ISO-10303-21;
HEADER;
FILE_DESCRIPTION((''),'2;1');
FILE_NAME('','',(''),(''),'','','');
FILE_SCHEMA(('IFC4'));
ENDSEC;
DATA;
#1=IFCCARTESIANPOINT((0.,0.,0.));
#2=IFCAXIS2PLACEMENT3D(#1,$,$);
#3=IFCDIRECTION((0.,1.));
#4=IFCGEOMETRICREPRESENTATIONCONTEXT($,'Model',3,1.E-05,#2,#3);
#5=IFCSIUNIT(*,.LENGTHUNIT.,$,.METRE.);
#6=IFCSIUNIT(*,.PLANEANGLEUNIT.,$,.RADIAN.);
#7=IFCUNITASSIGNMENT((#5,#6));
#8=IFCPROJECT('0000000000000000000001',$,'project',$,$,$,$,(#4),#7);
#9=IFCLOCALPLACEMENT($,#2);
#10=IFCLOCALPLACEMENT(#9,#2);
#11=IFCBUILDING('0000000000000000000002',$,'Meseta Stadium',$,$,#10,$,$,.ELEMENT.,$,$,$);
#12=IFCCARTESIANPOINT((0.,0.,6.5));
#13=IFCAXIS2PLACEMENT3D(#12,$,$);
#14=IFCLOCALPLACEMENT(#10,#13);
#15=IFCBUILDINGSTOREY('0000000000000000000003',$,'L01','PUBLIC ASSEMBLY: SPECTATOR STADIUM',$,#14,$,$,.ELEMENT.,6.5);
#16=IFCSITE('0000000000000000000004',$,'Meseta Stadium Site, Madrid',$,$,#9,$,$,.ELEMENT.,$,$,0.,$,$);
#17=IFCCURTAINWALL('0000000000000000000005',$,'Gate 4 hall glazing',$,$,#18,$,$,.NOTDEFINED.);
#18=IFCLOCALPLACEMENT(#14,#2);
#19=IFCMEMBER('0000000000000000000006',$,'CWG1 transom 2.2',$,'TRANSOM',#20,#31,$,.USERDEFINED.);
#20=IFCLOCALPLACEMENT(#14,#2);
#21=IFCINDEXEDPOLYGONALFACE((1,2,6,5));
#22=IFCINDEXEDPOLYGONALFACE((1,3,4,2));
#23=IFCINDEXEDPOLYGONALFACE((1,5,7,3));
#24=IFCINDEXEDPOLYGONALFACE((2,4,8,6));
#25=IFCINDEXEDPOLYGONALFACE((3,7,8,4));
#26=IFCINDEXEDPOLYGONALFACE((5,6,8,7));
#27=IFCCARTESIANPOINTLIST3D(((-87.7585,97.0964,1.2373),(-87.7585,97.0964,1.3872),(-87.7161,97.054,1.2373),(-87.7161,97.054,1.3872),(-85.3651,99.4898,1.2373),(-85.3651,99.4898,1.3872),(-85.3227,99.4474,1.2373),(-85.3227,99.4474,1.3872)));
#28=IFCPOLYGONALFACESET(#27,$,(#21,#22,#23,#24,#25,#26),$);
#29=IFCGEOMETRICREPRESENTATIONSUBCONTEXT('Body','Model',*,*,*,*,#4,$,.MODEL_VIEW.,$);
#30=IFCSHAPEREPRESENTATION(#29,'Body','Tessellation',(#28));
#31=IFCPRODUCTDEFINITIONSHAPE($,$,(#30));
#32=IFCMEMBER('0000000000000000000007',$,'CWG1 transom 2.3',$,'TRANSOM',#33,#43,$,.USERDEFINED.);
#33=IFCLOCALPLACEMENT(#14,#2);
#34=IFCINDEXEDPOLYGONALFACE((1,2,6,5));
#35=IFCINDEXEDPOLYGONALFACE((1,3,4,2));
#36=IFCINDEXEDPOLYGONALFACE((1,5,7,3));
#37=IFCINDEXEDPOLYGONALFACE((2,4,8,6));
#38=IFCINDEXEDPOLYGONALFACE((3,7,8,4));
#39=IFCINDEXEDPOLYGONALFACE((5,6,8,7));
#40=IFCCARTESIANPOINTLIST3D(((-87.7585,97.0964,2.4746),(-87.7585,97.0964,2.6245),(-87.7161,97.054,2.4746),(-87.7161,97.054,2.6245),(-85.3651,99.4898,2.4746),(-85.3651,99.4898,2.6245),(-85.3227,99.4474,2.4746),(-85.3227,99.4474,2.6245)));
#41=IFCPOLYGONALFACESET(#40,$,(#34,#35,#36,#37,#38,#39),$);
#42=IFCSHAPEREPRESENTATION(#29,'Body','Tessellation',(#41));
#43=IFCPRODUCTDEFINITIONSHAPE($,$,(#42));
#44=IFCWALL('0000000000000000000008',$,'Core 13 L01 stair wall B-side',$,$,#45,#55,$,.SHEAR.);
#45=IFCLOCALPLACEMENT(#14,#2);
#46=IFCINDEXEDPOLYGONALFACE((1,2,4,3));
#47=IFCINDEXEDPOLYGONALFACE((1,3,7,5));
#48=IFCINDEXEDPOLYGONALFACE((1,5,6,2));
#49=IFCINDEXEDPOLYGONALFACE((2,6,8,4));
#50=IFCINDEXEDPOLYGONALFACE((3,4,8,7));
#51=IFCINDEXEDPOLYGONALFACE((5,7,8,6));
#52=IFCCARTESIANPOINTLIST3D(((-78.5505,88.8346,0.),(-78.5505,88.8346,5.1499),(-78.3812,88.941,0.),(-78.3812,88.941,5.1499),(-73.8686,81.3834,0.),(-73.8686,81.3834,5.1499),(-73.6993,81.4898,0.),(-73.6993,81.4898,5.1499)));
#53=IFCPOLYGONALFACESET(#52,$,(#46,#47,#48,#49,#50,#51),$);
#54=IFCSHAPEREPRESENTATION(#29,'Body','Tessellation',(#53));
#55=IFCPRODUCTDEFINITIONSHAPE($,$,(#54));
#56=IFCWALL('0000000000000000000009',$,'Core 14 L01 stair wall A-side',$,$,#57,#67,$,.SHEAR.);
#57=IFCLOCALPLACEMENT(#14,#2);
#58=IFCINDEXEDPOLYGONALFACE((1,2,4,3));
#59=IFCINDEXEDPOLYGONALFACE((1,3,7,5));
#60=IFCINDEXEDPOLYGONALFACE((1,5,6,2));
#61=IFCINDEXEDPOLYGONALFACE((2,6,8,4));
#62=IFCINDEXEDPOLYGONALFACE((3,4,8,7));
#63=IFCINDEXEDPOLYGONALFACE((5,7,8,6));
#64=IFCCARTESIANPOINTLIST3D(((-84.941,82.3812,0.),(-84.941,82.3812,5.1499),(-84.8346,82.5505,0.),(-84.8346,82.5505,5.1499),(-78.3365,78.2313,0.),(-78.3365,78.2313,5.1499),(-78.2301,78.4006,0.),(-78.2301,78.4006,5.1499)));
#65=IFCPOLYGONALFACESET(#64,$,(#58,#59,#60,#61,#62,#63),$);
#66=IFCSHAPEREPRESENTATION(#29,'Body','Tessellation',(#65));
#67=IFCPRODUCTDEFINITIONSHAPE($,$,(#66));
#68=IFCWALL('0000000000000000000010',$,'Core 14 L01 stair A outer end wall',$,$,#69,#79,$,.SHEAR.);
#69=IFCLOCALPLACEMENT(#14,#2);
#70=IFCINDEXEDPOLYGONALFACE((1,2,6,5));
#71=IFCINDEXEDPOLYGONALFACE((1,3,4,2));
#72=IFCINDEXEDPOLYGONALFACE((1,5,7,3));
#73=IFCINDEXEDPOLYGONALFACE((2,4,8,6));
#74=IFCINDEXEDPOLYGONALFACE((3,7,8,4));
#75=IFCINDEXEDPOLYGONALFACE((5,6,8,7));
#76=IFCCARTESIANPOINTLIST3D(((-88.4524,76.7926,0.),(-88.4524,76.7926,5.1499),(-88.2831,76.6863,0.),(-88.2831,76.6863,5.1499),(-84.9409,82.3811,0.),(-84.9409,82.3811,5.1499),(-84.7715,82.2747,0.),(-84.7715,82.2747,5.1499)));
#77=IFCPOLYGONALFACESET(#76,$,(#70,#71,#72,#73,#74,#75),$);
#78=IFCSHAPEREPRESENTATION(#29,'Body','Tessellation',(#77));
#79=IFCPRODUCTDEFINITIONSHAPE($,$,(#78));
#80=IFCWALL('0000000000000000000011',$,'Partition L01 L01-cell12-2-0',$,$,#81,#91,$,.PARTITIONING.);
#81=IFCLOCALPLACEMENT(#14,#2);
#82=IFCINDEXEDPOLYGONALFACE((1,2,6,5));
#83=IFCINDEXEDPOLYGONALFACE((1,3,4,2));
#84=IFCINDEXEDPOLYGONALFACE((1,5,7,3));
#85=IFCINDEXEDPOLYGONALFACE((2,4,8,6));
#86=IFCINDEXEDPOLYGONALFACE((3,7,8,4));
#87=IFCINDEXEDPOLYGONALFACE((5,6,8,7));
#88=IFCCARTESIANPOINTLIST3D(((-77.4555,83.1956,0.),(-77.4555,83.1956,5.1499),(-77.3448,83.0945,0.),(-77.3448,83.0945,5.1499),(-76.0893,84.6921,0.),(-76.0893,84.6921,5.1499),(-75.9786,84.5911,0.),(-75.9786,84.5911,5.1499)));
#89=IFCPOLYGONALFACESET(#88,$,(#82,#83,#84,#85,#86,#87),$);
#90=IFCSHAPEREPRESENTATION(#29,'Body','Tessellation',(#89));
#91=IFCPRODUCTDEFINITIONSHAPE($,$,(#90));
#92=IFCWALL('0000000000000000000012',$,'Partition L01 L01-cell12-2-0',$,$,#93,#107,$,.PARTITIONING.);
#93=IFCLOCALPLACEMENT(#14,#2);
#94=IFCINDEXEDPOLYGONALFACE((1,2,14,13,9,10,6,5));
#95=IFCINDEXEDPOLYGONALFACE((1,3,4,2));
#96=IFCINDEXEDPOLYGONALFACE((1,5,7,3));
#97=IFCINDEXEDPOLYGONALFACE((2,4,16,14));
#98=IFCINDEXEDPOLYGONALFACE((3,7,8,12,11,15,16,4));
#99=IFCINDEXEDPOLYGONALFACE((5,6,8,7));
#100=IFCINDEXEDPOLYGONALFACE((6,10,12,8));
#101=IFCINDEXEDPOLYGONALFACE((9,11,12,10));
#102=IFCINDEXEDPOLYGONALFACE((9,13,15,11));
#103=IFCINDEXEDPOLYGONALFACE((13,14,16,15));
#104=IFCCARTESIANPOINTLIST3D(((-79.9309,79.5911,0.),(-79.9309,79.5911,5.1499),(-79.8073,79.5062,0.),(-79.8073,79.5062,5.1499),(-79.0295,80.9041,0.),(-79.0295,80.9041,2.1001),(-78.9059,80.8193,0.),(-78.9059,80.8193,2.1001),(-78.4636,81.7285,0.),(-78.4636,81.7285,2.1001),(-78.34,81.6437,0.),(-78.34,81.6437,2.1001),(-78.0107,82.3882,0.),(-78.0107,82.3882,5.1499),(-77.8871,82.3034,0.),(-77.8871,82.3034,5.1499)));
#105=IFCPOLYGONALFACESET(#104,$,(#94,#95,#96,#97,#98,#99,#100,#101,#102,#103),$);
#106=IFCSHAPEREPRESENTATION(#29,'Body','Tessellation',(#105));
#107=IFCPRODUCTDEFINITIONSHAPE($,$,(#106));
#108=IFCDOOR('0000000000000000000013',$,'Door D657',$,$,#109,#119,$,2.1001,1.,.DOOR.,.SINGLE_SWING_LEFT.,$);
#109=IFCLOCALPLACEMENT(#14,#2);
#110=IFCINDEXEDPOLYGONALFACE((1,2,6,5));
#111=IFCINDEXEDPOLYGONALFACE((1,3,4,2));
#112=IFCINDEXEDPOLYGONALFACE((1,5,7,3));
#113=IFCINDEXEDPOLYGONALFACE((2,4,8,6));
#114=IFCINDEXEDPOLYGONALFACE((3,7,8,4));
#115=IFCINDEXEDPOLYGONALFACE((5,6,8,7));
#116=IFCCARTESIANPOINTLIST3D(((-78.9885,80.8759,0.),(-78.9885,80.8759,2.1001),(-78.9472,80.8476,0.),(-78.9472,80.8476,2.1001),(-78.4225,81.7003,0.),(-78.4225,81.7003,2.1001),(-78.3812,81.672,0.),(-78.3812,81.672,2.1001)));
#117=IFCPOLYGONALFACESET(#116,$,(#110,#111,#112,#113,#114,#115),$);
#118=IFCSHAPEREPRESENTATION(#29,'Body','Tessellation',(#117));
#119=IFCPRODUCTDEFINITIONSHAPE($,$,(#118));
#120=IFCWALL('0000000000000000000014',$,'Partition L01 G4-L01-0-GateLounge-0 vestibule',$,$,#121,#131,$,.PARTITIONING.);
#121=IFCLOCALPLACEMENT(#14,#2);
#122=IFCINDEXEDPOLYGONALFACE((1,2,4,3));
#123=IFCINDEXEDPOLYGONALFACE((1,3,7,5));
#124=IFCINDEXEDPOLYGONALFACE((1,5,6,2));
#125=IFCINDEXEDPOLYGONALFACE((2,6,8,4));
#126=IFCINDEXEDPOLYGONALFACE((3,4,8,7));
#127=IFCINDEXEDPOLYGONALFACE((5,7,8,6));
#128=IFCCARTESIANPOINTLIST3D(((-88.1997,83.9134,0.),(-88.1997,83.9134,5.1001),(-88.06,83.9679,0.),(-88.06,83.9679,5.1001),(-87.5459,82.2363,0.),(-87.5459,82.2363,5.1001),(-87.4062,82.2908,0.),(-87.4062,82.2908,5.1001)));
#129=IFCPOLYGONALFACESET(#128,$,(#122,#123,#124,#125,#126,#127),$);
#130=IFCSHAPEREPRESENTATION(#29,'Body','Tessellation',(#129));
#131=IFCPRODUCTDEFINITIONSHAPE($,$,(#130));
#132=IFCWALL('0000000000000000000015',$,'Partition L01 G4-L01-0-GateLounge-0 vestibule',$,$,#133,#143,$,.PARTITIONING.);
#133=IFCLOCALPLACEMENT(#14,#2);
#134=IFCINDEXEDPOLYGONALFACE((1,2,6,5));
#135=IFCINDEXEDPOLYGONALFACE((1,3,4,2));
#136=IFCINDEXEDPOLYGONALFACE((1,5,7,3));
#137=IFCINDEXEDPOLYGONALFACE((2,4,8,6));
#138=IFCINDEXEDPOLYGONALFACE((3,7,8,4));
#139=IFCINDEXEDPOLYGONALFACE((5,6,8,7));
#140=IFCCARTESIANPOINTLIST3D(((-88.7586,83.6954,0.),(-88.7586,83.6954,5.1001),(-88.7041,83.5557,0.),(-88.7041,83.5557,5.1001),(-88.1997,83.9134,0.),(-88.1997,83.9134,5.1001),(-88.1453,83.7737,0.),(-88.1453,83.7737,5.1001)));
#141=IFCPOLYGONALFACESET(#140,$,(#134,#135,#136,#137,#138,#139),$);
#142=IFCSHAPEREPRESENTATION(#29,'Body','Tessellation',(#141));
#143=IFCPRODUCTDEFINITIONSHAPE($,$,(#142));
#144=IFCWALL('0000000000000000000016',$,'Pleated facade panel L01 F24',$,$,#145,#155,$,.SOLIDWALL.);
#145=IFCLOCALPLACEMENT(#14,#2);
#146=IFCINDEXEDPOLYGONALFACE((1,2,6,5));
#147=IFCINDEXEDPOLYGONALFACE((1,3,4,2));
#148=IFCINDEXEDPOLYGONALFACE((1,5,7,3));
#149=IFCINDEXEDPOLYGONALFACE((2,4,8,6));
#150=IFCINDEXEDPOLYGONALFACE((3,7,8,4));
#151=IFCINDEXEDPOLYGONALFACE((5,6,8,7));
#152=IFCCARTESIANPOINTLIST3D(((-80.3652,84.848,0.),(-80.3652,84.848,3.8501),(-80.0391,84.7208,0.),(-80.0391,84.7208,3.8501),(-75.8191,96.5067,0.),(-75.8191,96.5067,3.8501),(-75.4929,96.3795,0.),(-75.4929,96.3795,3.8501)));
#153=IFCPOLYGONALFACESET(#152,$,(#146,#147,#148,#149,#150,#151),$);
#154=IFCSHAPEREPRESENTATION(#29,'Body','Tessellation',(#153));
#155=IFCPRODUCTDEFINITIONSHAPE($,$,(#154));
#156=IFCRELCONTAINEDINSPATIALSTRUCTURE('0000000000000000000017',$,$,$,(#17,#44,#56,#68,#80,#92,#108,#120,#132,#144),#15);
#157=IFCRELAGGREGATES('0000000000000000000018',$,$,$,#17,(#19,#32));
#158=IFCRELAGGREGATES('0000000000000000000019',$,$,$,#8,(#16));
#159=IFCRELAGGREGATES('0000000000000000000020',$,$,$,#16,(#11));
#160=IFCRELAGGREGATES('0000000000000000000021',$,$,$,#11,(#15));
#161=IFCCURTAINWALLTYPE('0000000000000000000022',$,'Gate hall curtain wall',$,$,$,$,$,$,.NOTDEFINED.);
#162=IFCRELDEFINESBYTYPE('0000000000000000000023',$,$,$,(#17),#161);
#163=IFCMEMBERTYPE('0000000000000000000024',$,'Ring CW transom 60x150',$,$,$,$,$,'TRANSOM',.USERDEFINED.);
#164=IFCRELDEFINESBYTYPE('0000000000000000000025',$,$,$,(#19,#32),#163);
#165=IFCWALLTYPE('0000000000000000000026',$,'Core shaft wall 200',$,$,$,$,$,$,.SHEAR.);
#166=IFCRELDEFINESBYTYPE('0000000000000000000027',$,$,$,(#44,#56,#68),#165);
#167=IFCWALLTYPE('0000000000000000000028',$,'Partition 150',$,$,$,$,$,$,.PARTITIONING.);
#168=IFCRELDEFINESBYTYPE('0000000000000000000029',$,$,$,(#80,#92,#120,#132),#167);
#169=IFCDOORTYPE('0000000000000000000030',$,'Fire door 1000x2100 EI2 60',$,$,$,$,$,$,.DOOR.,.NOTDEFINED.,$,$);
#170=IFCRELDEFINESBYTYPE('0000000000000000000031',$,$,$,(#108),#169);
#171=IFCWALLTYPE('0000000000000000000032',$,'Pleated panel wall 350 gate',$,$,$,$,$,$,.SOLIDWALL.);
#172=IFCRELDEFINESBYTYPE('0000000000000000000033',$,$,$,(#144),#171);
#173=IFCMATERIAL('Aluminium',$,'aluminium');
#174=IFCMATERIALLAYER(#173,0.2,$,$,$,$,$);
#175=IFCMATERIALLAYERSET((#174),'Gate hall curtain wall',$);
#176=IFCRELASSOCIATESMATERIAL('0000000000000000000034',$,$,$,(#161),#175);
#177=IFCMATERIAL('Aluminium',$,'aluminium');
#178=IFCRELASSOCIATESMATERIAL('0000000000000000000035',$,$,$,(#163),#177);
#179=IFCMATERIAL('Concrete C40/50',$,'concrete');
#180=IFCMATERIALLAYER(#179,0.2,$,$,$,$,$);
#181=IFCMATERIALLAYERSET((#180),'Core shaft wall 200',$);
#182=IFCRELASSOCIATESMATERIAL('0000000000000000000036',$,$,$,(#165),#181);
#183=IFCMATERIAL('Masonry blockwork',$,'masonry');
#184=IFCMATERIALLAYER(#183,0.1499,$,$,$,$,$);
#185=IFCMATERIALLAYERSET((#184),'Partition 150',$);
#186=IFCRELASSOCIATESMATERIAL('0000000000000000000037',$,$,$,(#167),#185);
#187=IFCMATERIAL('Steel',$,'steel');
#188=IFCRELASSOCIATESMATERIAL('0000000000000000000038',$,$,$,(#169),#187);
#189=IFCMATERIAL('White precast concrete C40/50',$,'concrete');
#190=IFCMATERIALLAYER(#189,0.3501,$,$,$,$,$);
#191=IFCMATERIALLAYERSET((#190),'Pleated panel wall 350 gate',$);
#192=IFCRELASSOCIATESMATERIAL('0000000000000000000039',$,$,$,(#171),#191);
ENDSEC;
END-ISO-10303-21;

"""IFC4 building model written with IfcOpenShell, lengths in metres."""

from ifc_helpers import new_model, si_unit, direction, frame, frame_2d, origin, origin_2d, place, context, subcontext, project, spatial, rectangle, extrude, material, layer, layer_set, material_profile, profile_set, type_object, element, fill, aggregate, save


model = new_model("IFC4")

# Units and contexts
model_context = context("Model", 3, precision=1e-05, world=origin(), true_north=direction((0.0, 1.0)))
body_context = subcontext(model_context, "Body", "Model", "MODEL_VIEW")
ifc_project = project(units=[si_unit("LENGTHUNIT", "METRE"), si_unit("PLANEANGLEUNIT", "RADIAN")], contexts=[model_context])

# Site, building, storey
site_placement = place(None, origin())
site = spatial("IfcSite", under=ifc_project, at=site_placement, Name="Meseta Stadium Site, Madrid", CompositionType="ELEMENT", RefElevation=0.0)
building_placement = place(site_placement, origin())
building = spatial("IfcBuilding", under=site, at=building_placement, Name="Meseta Stadium", CompositionType="ELEMENT")
storey_placement = place(building_placement, frame((0.0, 0.0, 6.5)))
storey = spatial("IfcBuildingStorey", under=building, at=storey_placement, Name="L01", Description="PUBLIC ASSEMBLY: SPECTATOR STADIUM", CompositionType="ELEMENT", Elevation=6.5)

# Curtain wall, members
ifc_material_1 = material(Name="Aluminium", Category="aluminium")
ifc_layer_1 = layer(ifc_material_1, 0.2)
ifc_layer_set_1 = layer_set([ifc_layer_1], Name="Gate hall curtain wall")
curtain_wall_type = type_object("IfcCurtainWallType", Name="Gate hall curtain wall", PredefinedType="NOTDEFINED", material=ifc_layer_set_1)
curtain_wall_placement = place(storey_placement, origin())
curtain_wall = element("IfcCurtainWall", 1, at=curtain_wall_placement, inside=storey, type_object=curtain_wall_type, Name="Gate 4 hall glazing", PredefinedType="NOTDEFINED")
ifc_material_2 = material(Name="Aluminium", Category="aluminium")
ifc_material_profile_1 = material_profile(ifc_material_2, rectangle(XDim=0.0601, YDim=0.1499, at=origin_2d()), Name="CW 60x150")
ifc_profile_set_1 = profile_set([ifc_material_profile_1], Name="Aluminium")
member_type_1 = type_object("IfcMemberType", Name="Ring CW transom 60x150", ElementType="TRANSOM", PredefinedType="USERDEFINED", material=ifc_profile_set_1)
member_1_placement = place(storey_placement, frame((-87.7373, 97.0752, 1.3123), z_axis=(0.707107, 0.707107, 0.0), x_axis=(-0.707107, 0.707107, 0.0)))
member_1 = element("IfcMember", 2, at=member_1_placement, type_object=member_type_1, Name="CWG1 transom 2.2", ObjectType="TRANSOM", PredefinedType="USERDEFINED", context=body_context, shape_type="SweptSolid", body=[
    extrude(rectangle(XDim=0.0601, YDim=0.1499, at=origin_2d()), origin(), (0.0, 0.0, 1.0), 3.3848),
])
member_2_placement = place(storey_placement, frame((-87.7373, 97.0752, 2.5496), z_axis=(0.707107, 0.707107, 0.0), x_axis=(-0.707107, 0.707107, 0.0)))
member_2 = element("IfcMember", 3, at=member_2_placement, type_object=member_type_1, Name="CWG1 transom 2.3", ObjectType="TRANSOM", PredefinedType="USERDEFINED", context=body_context, shape_type="SweptSolid", body=[
    extrude(rectangle(XDim=0.0601, YDim=0.1499, at=origin_2d()), origin(), (0.0, 0.0, 1.0), 3.3848),
])
aggregate(curtain_wall, [member_1, member_2])

# Walls
ifc_material_3 = material(Name="Concrete C40/50", Category="concrete")
ifc_layer_2 = layer(ifc_material_3, 0.2)
ifc_layer_set_2 = layer_set([ifc_layer_2], Name="Core shaft wall 200")
wall_type_1 = type_object("IfcWallType", Name="Core shaft wall 200", PredefinedType="SHEAR", material=ifc_layer_set_2)
wall_1_placement = place(storey_placement, frame((-78.4658, 88.8877, 0.0), z_axis=(0.0, 0.0, 1.0), x_axis=(0.532032, -0.846724, 0.0)))
element("IfcWall", 4, at=wall_1_placement, inside=storey, type_object=wall_type_1, Name="Core 13 L01 stair wall B-side", PredefinedType="SHEAR", context=body_context, shape_type="SweptSolid", body=[
    extrude(rectangle(XDim=8.8, YDim=0.2, at=frame_2d((4.3999, 0.0))), origin(), (0.0, 0.0, 1.0), 5.1499),
])
wall_2_placement = place(storey_placement, frame((-84.8877, 82.4658, 0.0), z_axis=(0.0, 0.0, 1.0), x_axis=(0.846723, -0.532034, 0.0)))
element("IfcWall", 5, at=wall_2_placement, inside=storey, type_object=wall_type_1, Name="Core 14 L01 stair wall A-side", PredefinedType="SHEAR", context=body_context, shape_type="SweptSolid", body=[
    extrude(rectangle(XDim=7.8, YDim=0.2, at=frame_2d((3.8999, 0.0))), origin(), (0.0, 0.0, 1.0), 5.1499),
])
wall_3_placement = place(storey_placement, frame((-84.8562, 82.3279, 0.0), z_axis=(0.0, 0.0, 1.0), x_axis=(-0.532039, -0.84672, 0.0)))
element("IfcWall", 6, at=wall_3_placement, inside=storey, type_object=wall_type_1, Name="Core 14 L01 stair A outer end wall", PredefinedType="SHEAR", context=body_context, shape_type="SweptSolid", body=[
    extrude(rectangle(XDim=6.6001, YDim=0.2, at=frame_2d((3.3, 0.0))), origin(), (0.0, 0.0, 1.0), 5.1499),
])
ifc_material_4 = material(Name="Masonry blockwork", Category="masonry")
ifc_layer_3 = layer(ifc_material_4, 0.1499)
ifc_layer_set_3 = layer_set([ifc_layer_3], Name="Partition 150")
wall_type_2 = type_object("IfcWallType", Name="Partition 150", PredefinedType="PARTITIONING", material=ifc_layer_set_3)
wall_4_placement = place(storey_placement, frame((-76.0339, 84.6416, 0.0), z_axis=(0.0, 0.0, 1.0), x_axis=(-0.674207, -0.738543, 0.0)))
element("IfcWall", 7, at=wall_4_placement, inside=storey, type_object=wall_type_2, Name="Partition L01 L01-cell12-2-0", PredefinedType="PARTITIONING", context=body_context, shape_type="SweptSolid", body=[
    extrude(rectangle(XDim=2.0264, YDim=0.1499, at=frame_2d((1.0132, 0.0))), origin(), (0.0, 0.0, 1.0), 5.1499),
])

# Wall, opening, door
wall_5_placement = place(storey_placement, frame((-77.949, 82.3457, 0.0), z_axis=(0.0, 0.0, 1.0), x_axis=(-0.565958, -0.824434, 0.0)))
wall_5 = element("IfcWall", 8, at=wall_5_placement, inside=storey, type_object=wall_type_2, Name="Partition L01 L01-cell12-2-0", PredefinedType="PARTITIONING", context=body_context, shape_type="SweptSolid", body=[
    extrude(rectangle(XDim=3.3928, YDim=0.1499, at=frame_2d((1.6963, 0.0))), origin(), (0.0, 0.0, 1.0), 5.1499),
])
opening_placement = place(wall_5_placement, frame((0.8, 0.0, 0.0)))
opening = element("IfcOpeningElement", 9, at=opening_placement, cuts=wall_5, PredefinedType="OPENING", context=body_context, shape_type="SweptSolid", body=[
    extrude(rectangle(XDim=1.0, YDim=2.1001, at=frame_2d((0.5, 1.05))), frame((0.0, 0.085, 0.0), z_axis=(0.0, -1.0, 0.0), x_axis=(1.0, 0.0, 0.0)), (0.0, 0.0, 1.0), 0.1699),
])
ifc_material_5 = material(Name="Steel", Category="steel")
door_type = type_object("IfcDoorType", Name="Fire door 1000x2100 EI2 60", OperationType="NOTDEFINED", PredefinedType="DOOR", material=ifc_material_5)
door_placement = place(opening_placement, origin())
door = element("IfcDoor", 10, at=door_placement, inside=storey, type_object=door_type, Name="Door D657", OperationType="SINGLE_SWING_LEFT", OverallHeight=2.1001, OverallWidth=1.0, PredefinedType="DOOR", context=body_context, shape_type="SweptSolid", body=[
    extrude(rectangle(XDim=1.0, YDim=2.1001, at=frame_2d((0.5, 1.05))), frame((0.0, 0.0249, 0.0), z_axis=(0.0, -1.0, 0.0), x_axis=(1.0, 0.0, 0.0)), (0.0, 0.0, 1.0), 0.05),
])
fill(opening, door)

# Walls
wall_6_placement = place(storey_placement, frame((-87.4761, 82.2637, 0.0), z_axis=(0.0, 0.0, 1.0), x_axis=(-0.363238, 0.931696, 0.0)))
element("IfcWall", 11, at=wall_6_placement, inside=storey, type_object=wall_type_2, Name="Partition L01 G4-L01-0-GateLounge-0 vestibule", PredefinedType="PARTITIONING", context=body_context, shape_type="SweptSolid", body=[
    extrude(rectangle(XDim=1.8, YDim=0.1499, at=frame_2d((0.8999, 0.0))), origin(), (0.0, 0.0, 1.0), 5.1001),
])
wall_7_placement = place(storey_placement, frame((-88.1726, 83.8435, 0.0), z_axis=(0.0, 0.0, 1.0), x_axis=(-0.931615, -0.363448, 0.0)))
element("IfcWall", 12, at=wall_7_placement, inside=storey, type_object=wall_type_2, Name="Partition L01 G4-L01-0-GateLounge-0 vestibule", PredefinedType="PARTITIONING", context=body_context, shape_type="SweptSolid", body=[
    extrude(rectangle(XDim=0.5999, YDim=0.1499, at=frame_2d((0.2998, 0.0))), origin(), (0.0, 0.0, 1.0), 5.1001),
])
ifc_material_6 = material(Name="White precast concrete C40/50", Category="concrete")
ifc_layer_4 = layer(ifc_material_6, 0.3501)
ifc_layer_set_4 = layer_set([ifc_layer_4], Name="Pleated panel wall 350 gate")
wall_type_3 = type_object("IfcWallType", Name="Pleated panel wall 350 gate", PredefinedType="SOLIDWALL", material=ifc_layer_set_4)
wall_8_placement = place(storey_placement, frame((-80.2021, 84.7844, 0.0), z_axis=(0.0, 0.0, 1.0), x_axis=(0.363293, 0.931675, 0.0)))
element("IfcWall", 13, at=wall_8_placement, inside=storey, type_object=wall_type_3, Name="Pleated facade panel L01 F24", PredefinedType="SOLIDWALL", context=body_context, shape_type="SweptSolid", body=[
    extrude(rectangle(XDim=12.5137, YDim=0.3501, at=frame_2d((6.2568, 0.0))), origin(), (0.0, 0.0, 1.0), 3.8501),
])

save(model, "model.ifc")
